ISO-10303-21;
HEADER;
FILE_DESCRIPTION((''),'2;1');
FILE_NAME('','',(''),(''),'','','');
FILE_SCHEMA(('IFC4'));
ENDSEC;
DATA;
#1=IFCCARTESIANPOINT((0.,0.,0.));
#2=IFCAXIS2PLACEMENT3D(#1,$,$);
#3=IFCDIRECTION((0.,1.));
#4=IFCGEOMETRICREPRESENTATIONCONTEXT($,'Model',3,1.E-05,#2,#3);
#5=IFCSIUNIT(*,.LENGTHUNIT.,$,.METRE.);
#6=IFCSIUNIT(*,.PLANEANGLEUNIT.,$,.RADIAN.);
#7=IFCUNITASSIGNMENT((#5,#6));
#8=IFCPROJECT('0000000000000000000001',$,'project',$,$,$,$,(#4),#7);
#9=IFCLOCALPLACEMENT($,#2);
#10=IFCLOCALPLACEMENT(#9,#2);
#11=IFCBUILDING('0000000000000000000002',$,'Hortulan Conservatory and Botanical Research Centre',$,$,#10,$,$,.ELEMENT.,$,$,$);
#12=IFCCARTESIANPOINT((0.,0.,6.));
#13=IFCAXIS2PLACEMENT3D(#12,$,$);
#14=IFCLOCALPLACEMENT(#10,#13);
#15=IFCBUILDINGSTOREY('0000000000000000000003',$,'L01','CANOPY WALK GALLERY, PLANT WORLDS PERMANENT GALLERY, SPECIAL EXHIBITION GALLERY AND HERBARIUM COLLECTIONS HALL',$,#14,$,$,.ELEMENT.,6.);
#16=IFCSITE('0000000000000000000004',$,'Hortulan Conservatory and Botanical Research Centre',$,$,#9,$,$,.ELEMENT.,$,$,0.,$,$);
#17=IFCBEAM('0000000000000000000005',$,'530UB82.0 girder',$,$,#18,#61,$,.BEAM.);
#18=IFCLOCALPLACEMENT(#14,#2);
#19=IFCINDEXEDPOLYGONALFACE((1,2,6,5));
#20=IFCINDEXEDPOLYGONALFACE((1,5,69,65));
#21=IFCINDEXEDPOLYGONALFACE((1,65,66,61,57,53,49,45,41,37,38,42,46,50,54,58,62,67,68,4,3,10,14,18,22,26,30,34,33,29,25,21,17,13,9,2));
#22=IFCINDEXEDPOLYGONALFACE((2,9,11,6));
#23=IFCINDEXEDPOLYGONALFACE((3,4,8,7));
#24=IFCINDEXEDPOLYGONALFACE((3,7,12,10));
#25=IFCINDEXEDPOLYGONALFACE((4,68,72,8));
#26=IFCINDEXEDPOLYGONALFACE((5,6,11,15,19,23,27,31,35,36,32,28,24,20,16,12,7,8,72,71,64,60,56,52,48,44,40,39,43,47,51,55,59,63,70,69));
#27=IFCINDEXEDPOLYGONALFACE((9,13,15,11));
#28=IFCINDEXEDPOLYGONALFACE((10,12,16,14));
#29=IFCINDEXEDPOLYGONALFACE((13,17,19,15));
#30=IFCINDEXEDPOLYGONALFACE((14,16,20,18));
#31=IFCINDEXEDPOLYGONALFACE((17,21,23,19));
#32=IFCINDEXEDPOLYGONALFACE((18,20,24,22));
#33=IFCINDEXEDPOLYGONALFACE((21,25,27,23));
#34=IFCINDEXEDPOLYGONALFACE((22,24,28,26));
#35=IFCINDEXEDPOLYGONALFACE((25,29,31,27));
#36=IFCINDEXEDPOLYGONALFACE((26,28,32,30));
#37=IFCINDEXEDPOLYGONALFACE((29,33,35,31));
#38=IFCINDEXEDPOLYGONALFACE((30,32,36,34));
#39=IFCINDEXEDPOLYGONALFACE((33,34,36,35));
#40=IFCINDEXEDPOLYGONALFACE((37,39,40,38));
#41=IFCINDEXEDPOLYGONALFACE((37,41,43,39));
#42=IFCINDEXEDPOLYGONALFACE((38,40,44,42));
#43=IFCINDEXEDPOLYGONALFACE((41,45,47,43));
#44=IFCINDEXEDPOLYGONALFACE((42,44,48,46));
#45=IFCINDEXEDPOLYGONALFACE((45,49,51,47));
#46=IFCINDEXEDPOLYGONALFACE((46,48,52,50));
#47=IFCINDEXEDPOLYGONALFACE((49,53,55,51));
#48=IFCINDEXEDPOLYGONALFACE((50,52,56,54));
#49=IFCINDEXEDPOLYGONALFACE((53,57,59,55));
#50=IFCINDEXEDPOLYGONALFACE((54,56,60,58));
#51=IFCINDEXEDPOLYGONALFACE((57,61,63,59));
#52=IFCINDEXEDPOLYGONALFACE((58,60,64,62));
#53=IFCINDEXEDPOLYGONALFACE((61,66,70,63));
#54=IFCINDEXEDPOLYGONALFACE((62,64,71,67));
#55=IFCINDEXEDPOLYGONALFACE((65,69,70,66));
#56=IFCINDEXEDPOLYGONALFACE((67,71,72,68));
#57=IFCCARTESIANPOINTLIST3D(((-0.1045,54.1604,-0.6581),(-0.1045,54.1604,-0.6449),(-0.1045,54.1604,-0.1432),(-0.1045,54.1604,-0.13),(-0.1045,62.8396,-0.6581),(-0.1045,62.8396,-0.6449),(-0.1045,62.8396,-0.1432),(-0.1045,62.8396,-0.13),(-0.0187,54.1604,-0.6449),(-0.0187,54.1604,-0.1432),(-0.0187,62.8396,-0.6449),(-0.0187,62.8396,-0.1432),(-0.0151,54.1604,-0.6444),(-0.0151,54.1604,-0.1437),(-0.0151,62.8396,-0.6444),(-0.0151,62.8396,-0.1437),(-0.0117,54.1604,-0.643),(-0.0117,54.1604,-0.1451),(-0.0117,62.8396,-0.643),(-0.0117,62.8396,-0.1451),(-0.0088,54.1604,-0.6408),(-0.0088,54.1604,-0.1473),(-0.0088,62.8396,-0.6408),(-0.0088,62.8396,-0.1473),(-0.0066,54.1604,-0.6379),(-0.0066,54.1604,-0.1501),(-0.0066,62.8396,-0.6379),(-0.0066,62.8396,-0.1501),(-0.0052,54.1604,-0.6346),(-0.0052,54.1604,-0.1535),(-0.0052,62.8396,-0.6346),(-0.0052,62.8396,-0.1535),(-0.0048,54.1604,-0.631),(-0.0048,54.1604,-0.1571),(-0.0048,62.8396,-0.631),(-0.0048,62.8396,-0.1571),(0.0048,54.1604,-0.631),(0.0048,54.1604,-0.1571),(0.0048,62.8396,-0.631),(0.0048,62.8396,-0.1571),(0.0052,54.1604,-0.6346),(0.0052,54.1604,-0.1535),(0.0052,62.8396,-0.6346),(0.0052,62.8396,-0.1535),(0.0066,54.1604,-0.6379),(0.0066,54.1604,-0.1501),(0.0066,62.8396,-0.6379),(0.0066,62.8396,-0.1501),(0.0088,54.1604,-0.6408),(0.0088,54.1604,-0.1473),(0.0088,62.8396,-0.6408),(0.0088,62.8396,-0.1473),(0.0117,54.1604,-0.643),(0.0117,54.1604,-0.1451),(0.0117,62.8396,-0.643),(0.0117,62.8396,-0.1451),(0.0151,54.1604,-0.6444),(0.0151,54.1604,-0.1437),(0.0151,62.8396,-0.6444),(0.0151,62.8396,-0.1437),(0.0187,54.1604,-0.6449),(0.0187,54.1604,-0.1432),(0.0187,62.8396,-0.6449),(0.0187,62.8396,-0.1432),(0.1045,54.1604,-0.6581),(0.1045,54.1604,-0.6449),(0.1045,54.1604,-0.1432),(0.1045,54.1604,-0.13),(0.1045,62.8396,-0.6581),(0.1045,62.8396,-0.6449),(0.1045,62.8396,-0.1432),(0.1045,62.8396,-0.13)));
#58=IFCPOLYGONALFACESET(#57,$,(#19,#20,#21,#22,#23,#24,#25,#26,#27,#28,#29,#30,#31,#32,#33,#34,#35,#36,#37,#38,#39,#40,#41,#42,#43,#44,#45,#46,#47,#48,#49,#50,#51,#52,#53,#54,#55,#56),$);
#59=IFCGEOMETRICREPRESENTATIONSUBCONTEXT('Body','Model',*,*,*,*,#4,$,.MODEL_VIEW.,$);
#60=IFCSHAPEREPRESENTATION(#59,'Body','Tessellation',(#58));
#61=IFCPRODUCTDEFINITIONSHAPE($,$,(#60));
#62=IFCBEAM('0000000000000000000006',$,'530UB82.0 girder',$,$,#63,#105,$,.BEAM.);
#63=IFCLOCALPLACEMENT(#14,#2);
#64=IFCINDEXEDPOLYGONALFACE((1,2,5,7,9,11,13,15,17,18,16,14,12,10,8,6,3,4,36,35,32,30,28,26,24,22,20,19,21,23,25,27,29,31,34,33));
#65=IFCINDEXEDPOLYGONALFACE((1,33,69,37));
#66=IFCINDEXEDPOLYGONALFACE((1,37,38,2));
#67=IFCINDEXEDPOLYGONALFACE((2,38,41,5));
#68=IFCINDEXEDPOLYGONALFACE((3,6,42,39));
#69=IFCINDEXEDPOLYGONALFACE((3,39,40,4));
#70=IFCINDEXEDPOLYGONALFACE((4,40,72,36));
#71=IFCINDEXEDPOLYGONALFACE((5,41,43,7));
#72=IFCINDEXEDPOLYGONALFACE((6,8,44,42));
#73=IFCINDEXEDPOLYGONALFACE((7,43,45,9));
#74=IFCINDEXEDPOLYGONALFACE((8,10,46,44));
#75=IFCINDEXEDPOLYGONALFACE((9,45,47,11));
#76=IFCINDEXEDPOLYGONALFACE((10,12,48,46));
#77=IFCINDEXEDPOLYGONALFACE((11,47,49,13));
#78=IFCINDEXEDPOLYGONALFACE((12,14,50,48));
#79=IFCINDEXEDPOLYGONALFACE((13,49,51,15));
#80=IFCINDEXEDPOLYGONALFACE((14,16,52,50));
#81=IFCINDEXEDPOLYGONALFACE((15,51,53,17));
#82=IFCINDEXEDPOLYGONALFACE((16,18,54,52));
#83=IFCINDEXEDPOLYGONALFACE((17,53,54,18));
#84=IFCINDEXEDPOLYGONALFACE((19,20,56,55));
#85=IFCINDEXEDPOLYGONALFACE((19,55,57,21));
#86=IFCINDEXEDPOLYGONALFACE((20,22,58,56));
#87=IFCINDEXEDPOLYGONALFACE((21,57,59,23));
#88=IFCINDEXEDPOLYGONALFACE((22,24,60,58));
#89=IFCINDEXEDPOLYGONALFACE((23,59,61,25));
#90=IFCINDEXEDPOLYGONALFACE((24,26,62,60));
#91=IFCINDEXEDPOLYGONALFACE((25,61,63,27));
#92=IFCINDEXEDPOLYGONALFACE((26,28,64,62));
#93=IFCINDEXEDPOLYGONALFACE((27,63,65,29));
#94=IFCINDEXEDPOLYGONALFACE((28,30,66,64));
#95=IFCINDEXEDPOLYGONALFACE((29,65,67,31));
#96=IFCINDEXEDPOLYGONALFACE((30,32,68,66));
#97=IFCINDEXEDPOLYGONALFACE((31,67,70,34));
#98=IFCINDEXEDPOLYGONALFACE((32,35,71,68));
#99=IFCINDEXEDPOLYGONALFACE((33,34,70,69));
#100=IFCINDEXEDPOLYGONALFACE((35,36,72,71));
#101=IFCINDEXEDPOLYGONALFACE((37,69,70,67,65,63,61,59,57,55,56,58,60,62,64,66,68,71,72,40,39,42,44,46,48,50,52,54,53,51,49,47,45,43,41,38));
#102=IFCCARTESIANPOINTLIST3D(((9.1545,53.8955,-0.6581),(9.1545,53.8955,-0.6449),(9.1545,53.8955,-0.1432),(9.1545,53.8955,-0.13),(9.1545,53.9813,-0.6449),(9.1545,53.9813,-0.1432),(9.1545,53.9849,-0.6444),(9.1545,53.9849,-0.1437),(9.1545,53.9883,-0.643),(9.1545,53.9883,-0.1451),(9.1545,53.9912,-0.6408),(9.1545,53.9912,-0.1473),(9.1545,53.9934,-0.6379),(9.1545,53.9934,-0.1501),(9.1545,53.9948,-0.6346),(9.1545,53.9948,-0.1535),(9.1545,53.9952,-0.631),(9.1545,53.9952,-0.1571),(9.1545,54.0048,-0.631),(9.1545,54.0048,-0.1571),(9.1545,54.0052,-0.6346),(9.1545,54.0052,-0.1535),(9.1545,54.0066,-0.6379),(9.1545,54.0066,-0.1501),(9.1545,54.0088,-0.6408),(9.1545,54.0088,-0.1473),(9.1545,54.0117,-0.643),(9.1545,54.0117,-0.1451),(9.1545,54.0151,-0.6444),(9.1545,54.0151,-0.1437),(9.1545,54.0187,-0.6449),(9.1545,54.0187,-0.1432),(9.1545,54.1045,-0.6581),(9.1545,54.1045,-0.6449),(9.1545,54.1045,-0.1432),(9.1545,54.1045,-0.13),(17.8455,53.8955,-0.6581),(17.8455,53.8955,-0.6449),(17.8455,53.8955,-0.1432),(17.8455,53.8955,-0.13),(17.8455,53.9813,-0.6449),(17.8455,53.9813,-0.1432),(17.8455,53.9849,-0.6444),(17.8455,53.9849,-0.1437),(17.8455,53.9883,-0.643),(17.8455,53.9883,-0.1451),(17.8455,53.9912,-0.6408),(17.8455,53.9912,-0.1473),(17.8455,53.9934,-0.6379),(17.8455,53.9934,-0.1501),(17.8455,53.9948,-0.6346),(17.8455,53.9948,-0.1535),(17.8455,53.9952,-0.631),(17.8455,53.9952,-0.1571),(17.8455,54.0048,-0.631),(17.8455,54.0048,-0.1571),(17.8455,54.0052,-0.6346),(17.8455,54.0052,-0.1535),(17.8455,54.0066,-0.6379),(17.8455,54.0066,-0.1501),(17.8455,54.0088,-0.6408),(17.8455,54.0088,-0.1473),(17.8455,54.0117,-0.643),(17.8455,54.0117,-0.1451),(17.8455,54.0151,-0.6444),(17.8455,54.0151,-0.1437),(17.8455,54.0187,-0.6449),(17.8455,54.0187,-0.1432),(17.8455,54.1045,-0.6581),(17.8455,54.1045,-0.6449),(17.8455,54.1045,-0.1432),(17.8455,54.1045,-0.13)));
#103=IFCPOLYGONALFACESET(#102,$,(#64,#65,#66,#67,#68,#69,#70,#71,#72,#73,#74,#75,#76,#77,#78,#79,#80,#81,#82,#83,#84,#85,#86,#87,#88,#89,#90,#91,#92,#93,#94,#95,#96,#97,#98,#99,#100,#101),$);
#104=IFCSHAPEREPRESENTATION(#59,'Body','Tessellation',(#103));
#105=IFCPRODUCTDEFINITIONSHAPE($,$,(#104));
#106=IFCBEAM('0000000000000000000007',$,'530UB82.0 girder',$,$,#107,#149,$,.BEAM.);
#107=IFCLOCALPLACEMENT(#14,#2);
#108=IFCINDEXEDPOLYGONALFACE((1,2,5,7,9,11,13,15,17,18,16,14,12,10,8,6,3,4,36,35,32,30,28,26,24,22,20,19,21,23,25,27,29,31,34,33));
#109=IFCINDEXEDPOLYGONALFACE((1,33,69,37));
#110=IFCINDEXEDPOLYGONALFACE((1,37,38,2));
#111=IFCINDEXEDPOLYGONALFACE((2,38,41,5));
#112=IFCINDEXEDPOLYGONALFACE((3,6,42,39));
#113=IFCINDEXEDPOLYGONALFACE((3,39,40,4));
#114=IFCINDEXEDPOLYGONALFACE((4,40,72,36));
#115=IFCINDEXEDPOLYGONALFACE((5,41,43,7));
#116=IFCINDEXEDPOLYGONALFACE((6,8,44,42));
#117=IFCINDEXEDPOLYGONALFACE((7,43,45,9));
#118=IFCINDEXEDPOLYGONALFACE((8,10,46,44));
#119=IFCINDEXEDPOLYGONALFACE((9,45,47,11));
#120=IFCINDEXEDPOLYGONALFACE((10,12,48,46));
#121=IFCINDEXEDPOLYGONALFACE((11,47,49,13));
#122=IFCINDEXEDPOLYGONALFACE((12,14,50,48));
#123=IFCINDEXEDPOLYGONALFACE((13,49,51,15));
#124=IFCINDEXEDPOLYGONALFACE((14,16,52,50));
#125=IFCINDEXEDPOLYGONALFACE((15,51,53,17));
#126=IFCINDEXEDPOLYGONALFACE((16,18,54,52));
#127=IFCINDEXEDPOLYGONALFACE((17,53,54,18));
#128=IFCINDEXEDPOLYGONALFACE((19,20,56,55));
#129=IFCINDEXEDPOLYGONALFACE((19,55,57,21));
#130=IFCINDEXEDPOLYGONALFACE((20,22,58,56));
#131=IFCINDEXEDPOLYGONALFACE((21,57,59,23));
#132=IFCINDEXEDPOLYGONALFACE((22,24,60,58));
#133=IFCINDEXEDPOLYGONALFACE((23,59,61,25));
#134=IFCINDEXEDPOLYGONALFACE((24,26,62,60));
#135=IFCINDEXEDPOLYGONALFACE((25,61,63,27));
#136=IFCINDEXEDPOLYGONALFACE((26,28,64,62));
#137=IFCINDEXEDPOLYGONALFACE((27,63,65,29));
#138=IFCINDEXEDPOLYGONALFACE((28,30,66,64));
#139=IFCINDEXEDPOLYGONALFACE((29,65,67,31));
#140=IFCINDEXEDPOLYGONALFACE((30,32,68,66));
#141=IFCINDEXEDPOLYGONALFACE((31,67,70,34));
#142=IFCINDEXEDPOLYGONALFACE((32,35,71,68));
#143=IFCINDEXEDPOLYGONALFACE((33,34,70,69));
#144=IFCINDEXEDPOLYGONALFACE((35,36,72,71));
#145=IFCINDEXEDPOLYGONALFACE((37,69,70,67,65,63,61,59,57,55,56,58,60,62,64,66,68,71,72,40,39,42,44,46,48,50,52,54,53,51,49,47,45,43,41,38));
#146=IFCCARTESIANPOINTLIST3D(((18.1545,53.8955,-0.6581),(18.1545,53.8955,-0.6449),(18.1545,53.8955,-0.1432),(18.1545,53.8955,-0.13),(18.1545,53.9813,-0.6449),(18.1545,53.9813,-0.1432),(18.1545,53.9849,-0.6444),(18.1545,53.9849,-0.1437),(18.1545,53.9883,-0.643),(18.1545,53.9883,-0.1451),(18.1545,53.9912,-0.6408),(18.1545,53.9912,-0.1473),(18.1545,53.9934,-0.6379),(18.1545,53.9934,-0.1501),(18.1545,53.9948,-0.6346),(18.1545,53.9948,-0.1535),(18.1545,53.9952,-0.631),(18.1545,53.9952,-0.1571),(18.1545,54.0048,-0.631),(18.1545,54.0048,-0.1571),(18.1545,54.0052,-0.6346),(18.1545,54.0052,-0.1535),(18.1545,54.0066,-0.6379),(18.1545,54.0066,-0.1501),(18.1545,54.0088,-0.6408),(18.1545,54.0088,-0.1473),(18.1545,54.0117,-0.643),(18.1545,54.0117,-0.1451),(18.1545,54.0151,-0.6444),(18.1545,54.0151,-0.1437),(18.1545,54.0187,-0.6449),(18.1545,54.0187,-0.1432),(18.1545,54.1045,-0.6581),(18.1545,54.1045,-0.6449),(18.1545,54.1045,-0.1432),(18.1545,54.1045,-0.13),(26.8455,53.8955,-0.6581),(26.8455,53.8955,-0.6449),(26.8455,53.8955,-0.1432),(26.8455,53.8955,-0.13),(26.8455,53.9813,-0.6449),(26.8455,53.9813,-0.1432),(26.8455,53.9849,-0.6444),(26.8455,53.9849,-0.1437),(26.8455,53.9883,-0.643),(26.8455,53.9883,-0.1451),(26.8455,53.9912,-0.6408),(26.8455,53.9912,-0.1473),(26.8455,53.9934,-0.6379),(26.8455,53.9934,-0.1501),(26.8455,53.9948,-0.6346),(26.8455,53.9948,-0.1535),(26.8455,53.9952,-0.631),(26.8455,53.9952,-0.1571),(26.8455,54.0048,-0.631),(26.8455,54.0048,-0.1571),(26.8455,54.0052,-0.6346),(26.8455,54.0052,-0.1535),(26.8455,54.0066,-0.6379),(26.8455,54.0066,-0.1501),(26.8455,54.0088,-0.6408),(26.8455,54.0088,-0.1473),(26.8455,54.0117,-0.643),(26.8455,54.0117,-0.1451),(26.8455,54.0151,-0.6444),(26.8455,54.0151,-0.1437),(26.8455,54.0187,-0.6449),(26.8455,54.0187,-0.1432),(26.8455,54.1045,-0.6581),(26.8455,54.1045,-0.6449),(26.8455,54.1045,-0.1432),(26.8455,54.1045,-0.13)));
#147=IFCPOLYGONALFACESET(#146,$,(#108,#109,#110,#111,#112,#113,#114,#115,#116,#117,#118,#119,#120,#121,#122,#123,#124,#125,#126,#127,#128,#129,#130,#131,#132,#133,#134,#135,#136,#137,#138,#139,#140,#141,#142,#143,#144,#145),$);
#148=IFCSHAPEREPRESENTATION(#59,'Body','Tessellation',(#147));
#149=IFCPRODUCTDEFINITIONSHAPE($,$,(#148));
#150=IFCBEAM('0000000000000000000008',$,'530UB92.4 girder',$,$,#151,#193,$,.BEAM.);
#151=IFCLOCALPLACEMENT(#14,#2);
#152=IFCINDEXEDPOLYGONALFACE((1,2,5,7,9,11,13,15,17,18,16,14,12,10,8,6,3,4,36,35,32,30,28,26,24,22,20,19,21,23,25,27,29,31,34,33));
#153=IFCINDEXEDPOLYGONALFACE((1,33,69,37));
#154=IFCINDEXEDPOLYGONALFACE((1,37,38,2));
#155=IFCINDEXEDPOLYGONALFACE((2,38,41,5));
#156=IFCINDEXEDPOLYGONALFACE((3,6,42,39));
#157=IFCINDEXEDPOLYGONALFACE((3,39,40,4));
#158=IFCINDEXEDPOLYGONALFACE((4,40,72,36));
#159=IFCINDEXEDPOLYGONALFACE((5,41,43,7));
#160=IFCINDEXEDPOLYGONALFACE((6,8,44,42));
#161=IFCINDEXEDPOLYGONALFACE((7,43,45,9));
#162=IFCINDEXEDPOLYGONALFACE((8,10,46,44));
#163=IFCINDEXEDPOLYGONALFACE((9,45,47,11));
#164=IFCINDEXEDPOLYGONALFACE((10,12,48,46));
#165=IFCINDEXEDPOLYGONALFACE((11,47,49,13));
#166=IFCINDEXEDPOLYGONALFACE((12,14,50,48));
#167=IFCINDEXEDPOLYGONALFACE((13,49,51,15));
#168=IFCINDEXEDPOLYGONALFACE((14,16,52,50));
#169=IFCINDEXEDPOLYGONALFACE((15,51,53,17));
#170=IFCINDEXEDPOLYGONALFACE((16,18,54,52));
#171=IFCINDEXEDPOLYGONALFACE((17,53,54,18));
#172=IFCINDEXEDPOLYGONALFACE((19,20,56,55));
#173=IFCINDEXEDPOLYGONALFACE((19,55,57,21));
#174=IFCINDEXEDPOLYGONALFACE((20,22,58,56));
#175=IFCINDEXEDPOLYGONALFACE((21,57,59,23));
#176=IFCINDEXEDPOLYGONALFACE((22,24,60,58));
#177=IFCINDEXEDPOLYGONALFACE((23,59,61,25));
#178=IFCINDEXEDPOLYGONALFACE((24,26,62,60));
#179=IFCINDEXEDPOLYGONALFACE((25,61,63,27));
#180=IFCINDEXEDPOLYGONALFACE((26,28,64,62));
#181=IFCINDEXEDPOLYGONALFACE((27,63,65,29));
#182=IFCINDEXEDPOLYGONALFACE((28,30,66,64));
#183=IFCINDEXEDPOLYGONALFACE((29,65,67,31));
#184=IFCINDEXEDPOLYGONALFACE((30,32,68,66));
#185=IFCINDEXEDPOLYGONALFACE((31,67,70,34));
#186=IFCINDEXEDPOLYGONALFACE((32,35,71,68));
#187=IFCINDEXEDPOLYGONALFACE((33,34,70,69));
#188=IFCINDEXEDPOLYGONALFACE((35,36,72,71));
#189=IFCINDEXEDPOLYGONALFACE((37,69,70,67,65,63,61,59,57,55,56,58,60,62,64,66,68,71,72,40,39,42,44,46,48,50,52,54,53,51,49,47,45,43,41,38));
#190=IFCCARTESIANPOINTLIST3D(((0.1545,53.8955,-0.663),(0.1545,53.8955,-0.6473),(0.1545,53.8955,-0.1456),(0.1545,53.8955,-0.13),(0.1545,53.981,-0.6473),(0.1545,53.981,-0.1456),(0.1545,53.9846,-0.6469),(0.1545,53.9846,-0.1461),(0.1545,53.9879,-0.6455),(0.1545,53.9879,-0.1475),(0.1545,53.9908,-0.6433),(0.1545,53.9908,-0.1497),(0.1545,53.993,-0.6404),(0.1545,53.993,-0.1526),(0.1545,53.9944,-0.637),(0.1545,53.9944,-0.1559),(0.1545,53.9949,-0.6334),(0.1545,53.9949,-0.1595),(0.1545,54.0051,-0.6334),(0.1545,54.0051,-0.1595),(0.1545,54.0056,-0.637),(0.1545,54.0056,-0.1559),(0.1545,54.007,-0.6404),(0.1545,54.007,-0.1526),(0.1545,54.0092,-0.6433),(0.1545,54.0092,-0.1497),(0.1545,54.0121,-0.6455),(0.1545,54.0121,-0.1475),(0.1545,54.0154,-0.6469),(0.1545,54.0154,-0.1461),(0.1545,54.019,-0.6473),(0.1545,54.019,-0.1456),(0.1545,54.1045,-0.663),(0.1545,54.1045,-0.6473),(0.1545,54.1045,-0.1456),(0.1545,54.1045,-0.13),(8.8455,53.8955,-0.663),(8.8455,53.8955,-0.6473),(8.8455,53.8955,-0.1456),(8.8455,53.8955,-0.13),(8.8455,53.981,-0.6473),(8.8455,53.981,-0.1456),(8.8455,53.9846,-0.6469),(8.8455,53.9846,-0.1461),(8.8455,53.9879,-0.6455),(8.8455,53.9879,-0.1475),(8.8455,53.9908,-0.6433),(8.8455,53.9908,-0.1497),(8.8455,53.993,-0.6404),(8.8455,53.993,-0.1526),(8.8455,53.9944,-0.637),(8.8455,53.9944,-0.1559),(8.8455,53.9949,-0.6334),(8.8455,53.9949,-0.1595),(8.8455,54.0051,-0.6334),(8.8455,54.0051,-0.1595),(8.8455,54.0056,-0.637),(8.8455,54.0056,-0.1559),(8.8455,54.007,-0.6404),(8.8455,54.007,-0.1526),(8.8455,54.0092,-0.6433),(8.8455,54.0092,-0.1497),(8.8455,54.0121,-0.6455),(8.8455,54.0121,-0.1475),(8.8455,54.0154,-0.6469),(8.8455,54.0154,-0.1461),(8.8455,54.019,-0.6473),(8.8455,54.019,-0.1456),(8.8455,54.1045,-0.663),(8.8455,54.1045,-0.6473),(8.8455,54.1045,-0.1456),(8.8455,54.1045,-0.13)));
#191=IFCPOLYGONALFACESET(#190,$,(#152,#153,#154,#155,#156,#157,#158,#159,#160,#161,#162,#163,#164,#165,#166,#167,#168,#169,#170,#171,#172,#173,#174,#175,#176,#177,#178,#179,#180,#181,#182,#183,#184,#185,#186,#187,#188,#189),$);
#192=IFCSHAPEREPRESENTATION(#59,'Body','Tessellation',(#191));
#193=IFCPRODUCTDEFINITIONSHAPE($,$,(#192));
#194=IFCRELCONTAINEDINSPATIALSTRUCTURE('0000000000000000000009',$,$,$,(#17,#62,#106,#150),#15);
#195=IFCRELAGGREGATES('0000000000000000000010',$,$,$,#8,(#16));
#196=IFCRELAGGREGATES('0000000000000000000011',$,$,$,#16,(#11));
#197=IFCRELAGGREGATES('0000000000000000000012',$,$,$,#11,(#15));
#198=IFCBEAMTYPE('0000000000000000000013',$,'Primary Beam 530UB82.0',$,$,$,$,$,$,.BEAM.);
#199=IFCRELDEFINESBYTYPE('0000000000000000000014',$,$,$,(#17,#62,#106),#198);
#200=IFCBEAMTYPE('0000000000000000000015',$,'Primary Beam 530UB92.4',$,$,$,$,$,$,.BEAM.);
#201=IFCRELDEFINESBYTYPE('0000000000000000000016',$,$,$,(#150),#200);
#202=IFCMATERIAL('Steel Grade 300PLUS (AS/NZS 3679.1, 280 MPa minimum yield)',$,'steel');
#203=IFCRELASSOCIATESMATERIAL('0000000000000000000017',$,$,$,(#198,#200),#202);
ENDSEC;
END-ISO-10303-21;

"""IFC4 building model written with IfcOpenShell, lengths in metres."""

from ifc_helpers import new_model, si_unit, direction, frame, origin, origin_2d, place, context, subcontext, project, spatial, i_section, extrude, material, material_profile, profile_set, type_object, element, save


model = new_model("IFC4")

# Units and contexts
model_context = context("Model", 3, precision=1e-05, world=origin(), true_north=direction((0.0, 1.0)))
body_context = subcontext(model_context, "Body", "Model", "MODEL_VIEW")
ifc_project = project(units=[si_unit("LENGTHUNIT", "METRE"), si_unit("PLANEANGLEUNIT", "RADIAN")], contexts=[model_context])

# Site, building, storey
site_placement = place(None, origin())
site = spatial("IfcSite", under=ifc_project, at=site_placement, Name="Hortulan Conservatory and Botanical Research Centre", CompositionType="ELEMENT", RefElevation=0.0)
building_placement = place(site_placement, origin())
building = spatial("IfcBuilding", under=site, at=building_placement, Name="Hortulan Conservatory and Botanical Research Centre", CompositionType="ELEMENT")
storey_placement = place(building_placement, frame((0.0, 0.0, 6.0)))
storey = spatial("IfcBuildingStorey", under=building, at=storey_placement, Name="L01", Description="CANOPY WALK GALLERY, PLANT WORLDS PERMANENT GALLERY, SPECIAL EXHIBITION GALLERY AND HERBARIUM COLLECTIONS HALL", CompositionType="ELEMENT", Elevation=6.0)

# Shared definitions
ifc_material_1 = material(Name="Steel Grade 300PLUS (AS/NZS 3679.1, 280 MPa minimum yield)", Category="steel")

# Beams
ifc_material_profile_1 = material_profile(ifc_material_1, i_section(OverallWidth=0.209, OverallDepth=0.5281, WebThickness=0.0095, FlangeThickness=0.0132, FilletRadius=0.0139, at=origin_2d()), Name="530UB82.0")
ifc_profile_set_1 = profile_set([ifc_material_profile_1], Name="Steel Grade 300PLUS (AS/NZS 3679.1, 280 MPa minimum yield)")
beam_type_1 = type_object("IfcBeamType", Name="Primary Beam 530UB82.0", PredefinedType="BEAM", material=ifc_profile_set_1)
beam_1_placement = place(storey_placement, frame((0.0, 54.1604, -0.394), z_axis=(0.0, 1.0, 0.0), x_axis=(-1.0, 0.0, 0.0)))
element("IfcBeam", 1, at=beam_1_placement, inside=storey, type_object=beam_type_1, Name="530UB82.0 girder", PredefinedType="BEAM", context=body_context, shape_type="SweptSolid", body=[
    extrude(i_section(OverallWidth=0.209, OverallDepth=0.5281, WebThickness=0.0095, FlangeThickness=0.0132, FilletRadius=0.0139, at=origin_2d()), origin(), (0.0, 0.0, 1.0), 8.6792),
])
for number, where, z_axis, x_axis, name in (
    (2, (9.1545, 54.0, -0.394), (1.0, 0.0, 0.0), (0.0, 1.0, 0.0), "530UB82.0 girder"),
    (3, (18.1545, 54.0, -0.394), (1.0, 0.0, 0.0), (0.0, 1.0, 0.0), "530UB82.0 girder"),
):
    element("IfcBeam", number, at=place(storey_placement, frame(where, z_axis=z_axis, x_axis=x_axis)), inside=storey, type_object=beam_type_1, Name=name, PredefinedType="BEAM", context=body_context, shape_type="SweptSolid", body=[
        extrude(i_section(OverallWidth=0.209, OverallDepth=0.5281, WebThickness=0.0095, FlangeThickness=0.0132, FilletRadius=0.0139, at=origin_2d()), origin(), (0.0, 0.0, 1.0), 8.6909),
    ])
ifc_material_profile_2 = material_profile(ifc_material_1, i_section(OverallWidth=0.209, OverallDepth=0.533, WebThickness=0.0103, FlangeThickness=0.0156, FilletRadius=0.0139, at=origin_2d()), Name="530UB92.4")
ifc_profile_set_2 = profile_set([ifc_material_profile_2], Name="Steel Grade 300PLUS (AS/NZS 3679.1, 280 MPa minimum yield)")
beam_type_2 = type_object("IfcBeamType", Name="Primary Beam 530UB92.4", PredefinedType="BEAM", material=ifc_profile_set_2)
beam_2_placement = place(storey_placement, frame((0.1545, 54.0, -0.3965), z_axis=(1.0, 0.0, 0.0), x_axis=(0.0, 1.0, 0.0)))
element("IfcBeam", 4, at=beam_2_placement, inside=storey, type_object=beam_type_2, Name="530UB92.4 girder", PredefinedType="BEAM", context=body_context, shape_type="SweptSolid", body=[
    extrude(i_section(OverallWidth=0.209, OverallDepth=0.533, WebThickness=0.0103, FlangeThickness=0.0156, FilletRadius=0.0139, at=origin_2d()), origin(), (0.0, 0.0, 1.0), 8.6909),
])

save(model, "model.ifc")
